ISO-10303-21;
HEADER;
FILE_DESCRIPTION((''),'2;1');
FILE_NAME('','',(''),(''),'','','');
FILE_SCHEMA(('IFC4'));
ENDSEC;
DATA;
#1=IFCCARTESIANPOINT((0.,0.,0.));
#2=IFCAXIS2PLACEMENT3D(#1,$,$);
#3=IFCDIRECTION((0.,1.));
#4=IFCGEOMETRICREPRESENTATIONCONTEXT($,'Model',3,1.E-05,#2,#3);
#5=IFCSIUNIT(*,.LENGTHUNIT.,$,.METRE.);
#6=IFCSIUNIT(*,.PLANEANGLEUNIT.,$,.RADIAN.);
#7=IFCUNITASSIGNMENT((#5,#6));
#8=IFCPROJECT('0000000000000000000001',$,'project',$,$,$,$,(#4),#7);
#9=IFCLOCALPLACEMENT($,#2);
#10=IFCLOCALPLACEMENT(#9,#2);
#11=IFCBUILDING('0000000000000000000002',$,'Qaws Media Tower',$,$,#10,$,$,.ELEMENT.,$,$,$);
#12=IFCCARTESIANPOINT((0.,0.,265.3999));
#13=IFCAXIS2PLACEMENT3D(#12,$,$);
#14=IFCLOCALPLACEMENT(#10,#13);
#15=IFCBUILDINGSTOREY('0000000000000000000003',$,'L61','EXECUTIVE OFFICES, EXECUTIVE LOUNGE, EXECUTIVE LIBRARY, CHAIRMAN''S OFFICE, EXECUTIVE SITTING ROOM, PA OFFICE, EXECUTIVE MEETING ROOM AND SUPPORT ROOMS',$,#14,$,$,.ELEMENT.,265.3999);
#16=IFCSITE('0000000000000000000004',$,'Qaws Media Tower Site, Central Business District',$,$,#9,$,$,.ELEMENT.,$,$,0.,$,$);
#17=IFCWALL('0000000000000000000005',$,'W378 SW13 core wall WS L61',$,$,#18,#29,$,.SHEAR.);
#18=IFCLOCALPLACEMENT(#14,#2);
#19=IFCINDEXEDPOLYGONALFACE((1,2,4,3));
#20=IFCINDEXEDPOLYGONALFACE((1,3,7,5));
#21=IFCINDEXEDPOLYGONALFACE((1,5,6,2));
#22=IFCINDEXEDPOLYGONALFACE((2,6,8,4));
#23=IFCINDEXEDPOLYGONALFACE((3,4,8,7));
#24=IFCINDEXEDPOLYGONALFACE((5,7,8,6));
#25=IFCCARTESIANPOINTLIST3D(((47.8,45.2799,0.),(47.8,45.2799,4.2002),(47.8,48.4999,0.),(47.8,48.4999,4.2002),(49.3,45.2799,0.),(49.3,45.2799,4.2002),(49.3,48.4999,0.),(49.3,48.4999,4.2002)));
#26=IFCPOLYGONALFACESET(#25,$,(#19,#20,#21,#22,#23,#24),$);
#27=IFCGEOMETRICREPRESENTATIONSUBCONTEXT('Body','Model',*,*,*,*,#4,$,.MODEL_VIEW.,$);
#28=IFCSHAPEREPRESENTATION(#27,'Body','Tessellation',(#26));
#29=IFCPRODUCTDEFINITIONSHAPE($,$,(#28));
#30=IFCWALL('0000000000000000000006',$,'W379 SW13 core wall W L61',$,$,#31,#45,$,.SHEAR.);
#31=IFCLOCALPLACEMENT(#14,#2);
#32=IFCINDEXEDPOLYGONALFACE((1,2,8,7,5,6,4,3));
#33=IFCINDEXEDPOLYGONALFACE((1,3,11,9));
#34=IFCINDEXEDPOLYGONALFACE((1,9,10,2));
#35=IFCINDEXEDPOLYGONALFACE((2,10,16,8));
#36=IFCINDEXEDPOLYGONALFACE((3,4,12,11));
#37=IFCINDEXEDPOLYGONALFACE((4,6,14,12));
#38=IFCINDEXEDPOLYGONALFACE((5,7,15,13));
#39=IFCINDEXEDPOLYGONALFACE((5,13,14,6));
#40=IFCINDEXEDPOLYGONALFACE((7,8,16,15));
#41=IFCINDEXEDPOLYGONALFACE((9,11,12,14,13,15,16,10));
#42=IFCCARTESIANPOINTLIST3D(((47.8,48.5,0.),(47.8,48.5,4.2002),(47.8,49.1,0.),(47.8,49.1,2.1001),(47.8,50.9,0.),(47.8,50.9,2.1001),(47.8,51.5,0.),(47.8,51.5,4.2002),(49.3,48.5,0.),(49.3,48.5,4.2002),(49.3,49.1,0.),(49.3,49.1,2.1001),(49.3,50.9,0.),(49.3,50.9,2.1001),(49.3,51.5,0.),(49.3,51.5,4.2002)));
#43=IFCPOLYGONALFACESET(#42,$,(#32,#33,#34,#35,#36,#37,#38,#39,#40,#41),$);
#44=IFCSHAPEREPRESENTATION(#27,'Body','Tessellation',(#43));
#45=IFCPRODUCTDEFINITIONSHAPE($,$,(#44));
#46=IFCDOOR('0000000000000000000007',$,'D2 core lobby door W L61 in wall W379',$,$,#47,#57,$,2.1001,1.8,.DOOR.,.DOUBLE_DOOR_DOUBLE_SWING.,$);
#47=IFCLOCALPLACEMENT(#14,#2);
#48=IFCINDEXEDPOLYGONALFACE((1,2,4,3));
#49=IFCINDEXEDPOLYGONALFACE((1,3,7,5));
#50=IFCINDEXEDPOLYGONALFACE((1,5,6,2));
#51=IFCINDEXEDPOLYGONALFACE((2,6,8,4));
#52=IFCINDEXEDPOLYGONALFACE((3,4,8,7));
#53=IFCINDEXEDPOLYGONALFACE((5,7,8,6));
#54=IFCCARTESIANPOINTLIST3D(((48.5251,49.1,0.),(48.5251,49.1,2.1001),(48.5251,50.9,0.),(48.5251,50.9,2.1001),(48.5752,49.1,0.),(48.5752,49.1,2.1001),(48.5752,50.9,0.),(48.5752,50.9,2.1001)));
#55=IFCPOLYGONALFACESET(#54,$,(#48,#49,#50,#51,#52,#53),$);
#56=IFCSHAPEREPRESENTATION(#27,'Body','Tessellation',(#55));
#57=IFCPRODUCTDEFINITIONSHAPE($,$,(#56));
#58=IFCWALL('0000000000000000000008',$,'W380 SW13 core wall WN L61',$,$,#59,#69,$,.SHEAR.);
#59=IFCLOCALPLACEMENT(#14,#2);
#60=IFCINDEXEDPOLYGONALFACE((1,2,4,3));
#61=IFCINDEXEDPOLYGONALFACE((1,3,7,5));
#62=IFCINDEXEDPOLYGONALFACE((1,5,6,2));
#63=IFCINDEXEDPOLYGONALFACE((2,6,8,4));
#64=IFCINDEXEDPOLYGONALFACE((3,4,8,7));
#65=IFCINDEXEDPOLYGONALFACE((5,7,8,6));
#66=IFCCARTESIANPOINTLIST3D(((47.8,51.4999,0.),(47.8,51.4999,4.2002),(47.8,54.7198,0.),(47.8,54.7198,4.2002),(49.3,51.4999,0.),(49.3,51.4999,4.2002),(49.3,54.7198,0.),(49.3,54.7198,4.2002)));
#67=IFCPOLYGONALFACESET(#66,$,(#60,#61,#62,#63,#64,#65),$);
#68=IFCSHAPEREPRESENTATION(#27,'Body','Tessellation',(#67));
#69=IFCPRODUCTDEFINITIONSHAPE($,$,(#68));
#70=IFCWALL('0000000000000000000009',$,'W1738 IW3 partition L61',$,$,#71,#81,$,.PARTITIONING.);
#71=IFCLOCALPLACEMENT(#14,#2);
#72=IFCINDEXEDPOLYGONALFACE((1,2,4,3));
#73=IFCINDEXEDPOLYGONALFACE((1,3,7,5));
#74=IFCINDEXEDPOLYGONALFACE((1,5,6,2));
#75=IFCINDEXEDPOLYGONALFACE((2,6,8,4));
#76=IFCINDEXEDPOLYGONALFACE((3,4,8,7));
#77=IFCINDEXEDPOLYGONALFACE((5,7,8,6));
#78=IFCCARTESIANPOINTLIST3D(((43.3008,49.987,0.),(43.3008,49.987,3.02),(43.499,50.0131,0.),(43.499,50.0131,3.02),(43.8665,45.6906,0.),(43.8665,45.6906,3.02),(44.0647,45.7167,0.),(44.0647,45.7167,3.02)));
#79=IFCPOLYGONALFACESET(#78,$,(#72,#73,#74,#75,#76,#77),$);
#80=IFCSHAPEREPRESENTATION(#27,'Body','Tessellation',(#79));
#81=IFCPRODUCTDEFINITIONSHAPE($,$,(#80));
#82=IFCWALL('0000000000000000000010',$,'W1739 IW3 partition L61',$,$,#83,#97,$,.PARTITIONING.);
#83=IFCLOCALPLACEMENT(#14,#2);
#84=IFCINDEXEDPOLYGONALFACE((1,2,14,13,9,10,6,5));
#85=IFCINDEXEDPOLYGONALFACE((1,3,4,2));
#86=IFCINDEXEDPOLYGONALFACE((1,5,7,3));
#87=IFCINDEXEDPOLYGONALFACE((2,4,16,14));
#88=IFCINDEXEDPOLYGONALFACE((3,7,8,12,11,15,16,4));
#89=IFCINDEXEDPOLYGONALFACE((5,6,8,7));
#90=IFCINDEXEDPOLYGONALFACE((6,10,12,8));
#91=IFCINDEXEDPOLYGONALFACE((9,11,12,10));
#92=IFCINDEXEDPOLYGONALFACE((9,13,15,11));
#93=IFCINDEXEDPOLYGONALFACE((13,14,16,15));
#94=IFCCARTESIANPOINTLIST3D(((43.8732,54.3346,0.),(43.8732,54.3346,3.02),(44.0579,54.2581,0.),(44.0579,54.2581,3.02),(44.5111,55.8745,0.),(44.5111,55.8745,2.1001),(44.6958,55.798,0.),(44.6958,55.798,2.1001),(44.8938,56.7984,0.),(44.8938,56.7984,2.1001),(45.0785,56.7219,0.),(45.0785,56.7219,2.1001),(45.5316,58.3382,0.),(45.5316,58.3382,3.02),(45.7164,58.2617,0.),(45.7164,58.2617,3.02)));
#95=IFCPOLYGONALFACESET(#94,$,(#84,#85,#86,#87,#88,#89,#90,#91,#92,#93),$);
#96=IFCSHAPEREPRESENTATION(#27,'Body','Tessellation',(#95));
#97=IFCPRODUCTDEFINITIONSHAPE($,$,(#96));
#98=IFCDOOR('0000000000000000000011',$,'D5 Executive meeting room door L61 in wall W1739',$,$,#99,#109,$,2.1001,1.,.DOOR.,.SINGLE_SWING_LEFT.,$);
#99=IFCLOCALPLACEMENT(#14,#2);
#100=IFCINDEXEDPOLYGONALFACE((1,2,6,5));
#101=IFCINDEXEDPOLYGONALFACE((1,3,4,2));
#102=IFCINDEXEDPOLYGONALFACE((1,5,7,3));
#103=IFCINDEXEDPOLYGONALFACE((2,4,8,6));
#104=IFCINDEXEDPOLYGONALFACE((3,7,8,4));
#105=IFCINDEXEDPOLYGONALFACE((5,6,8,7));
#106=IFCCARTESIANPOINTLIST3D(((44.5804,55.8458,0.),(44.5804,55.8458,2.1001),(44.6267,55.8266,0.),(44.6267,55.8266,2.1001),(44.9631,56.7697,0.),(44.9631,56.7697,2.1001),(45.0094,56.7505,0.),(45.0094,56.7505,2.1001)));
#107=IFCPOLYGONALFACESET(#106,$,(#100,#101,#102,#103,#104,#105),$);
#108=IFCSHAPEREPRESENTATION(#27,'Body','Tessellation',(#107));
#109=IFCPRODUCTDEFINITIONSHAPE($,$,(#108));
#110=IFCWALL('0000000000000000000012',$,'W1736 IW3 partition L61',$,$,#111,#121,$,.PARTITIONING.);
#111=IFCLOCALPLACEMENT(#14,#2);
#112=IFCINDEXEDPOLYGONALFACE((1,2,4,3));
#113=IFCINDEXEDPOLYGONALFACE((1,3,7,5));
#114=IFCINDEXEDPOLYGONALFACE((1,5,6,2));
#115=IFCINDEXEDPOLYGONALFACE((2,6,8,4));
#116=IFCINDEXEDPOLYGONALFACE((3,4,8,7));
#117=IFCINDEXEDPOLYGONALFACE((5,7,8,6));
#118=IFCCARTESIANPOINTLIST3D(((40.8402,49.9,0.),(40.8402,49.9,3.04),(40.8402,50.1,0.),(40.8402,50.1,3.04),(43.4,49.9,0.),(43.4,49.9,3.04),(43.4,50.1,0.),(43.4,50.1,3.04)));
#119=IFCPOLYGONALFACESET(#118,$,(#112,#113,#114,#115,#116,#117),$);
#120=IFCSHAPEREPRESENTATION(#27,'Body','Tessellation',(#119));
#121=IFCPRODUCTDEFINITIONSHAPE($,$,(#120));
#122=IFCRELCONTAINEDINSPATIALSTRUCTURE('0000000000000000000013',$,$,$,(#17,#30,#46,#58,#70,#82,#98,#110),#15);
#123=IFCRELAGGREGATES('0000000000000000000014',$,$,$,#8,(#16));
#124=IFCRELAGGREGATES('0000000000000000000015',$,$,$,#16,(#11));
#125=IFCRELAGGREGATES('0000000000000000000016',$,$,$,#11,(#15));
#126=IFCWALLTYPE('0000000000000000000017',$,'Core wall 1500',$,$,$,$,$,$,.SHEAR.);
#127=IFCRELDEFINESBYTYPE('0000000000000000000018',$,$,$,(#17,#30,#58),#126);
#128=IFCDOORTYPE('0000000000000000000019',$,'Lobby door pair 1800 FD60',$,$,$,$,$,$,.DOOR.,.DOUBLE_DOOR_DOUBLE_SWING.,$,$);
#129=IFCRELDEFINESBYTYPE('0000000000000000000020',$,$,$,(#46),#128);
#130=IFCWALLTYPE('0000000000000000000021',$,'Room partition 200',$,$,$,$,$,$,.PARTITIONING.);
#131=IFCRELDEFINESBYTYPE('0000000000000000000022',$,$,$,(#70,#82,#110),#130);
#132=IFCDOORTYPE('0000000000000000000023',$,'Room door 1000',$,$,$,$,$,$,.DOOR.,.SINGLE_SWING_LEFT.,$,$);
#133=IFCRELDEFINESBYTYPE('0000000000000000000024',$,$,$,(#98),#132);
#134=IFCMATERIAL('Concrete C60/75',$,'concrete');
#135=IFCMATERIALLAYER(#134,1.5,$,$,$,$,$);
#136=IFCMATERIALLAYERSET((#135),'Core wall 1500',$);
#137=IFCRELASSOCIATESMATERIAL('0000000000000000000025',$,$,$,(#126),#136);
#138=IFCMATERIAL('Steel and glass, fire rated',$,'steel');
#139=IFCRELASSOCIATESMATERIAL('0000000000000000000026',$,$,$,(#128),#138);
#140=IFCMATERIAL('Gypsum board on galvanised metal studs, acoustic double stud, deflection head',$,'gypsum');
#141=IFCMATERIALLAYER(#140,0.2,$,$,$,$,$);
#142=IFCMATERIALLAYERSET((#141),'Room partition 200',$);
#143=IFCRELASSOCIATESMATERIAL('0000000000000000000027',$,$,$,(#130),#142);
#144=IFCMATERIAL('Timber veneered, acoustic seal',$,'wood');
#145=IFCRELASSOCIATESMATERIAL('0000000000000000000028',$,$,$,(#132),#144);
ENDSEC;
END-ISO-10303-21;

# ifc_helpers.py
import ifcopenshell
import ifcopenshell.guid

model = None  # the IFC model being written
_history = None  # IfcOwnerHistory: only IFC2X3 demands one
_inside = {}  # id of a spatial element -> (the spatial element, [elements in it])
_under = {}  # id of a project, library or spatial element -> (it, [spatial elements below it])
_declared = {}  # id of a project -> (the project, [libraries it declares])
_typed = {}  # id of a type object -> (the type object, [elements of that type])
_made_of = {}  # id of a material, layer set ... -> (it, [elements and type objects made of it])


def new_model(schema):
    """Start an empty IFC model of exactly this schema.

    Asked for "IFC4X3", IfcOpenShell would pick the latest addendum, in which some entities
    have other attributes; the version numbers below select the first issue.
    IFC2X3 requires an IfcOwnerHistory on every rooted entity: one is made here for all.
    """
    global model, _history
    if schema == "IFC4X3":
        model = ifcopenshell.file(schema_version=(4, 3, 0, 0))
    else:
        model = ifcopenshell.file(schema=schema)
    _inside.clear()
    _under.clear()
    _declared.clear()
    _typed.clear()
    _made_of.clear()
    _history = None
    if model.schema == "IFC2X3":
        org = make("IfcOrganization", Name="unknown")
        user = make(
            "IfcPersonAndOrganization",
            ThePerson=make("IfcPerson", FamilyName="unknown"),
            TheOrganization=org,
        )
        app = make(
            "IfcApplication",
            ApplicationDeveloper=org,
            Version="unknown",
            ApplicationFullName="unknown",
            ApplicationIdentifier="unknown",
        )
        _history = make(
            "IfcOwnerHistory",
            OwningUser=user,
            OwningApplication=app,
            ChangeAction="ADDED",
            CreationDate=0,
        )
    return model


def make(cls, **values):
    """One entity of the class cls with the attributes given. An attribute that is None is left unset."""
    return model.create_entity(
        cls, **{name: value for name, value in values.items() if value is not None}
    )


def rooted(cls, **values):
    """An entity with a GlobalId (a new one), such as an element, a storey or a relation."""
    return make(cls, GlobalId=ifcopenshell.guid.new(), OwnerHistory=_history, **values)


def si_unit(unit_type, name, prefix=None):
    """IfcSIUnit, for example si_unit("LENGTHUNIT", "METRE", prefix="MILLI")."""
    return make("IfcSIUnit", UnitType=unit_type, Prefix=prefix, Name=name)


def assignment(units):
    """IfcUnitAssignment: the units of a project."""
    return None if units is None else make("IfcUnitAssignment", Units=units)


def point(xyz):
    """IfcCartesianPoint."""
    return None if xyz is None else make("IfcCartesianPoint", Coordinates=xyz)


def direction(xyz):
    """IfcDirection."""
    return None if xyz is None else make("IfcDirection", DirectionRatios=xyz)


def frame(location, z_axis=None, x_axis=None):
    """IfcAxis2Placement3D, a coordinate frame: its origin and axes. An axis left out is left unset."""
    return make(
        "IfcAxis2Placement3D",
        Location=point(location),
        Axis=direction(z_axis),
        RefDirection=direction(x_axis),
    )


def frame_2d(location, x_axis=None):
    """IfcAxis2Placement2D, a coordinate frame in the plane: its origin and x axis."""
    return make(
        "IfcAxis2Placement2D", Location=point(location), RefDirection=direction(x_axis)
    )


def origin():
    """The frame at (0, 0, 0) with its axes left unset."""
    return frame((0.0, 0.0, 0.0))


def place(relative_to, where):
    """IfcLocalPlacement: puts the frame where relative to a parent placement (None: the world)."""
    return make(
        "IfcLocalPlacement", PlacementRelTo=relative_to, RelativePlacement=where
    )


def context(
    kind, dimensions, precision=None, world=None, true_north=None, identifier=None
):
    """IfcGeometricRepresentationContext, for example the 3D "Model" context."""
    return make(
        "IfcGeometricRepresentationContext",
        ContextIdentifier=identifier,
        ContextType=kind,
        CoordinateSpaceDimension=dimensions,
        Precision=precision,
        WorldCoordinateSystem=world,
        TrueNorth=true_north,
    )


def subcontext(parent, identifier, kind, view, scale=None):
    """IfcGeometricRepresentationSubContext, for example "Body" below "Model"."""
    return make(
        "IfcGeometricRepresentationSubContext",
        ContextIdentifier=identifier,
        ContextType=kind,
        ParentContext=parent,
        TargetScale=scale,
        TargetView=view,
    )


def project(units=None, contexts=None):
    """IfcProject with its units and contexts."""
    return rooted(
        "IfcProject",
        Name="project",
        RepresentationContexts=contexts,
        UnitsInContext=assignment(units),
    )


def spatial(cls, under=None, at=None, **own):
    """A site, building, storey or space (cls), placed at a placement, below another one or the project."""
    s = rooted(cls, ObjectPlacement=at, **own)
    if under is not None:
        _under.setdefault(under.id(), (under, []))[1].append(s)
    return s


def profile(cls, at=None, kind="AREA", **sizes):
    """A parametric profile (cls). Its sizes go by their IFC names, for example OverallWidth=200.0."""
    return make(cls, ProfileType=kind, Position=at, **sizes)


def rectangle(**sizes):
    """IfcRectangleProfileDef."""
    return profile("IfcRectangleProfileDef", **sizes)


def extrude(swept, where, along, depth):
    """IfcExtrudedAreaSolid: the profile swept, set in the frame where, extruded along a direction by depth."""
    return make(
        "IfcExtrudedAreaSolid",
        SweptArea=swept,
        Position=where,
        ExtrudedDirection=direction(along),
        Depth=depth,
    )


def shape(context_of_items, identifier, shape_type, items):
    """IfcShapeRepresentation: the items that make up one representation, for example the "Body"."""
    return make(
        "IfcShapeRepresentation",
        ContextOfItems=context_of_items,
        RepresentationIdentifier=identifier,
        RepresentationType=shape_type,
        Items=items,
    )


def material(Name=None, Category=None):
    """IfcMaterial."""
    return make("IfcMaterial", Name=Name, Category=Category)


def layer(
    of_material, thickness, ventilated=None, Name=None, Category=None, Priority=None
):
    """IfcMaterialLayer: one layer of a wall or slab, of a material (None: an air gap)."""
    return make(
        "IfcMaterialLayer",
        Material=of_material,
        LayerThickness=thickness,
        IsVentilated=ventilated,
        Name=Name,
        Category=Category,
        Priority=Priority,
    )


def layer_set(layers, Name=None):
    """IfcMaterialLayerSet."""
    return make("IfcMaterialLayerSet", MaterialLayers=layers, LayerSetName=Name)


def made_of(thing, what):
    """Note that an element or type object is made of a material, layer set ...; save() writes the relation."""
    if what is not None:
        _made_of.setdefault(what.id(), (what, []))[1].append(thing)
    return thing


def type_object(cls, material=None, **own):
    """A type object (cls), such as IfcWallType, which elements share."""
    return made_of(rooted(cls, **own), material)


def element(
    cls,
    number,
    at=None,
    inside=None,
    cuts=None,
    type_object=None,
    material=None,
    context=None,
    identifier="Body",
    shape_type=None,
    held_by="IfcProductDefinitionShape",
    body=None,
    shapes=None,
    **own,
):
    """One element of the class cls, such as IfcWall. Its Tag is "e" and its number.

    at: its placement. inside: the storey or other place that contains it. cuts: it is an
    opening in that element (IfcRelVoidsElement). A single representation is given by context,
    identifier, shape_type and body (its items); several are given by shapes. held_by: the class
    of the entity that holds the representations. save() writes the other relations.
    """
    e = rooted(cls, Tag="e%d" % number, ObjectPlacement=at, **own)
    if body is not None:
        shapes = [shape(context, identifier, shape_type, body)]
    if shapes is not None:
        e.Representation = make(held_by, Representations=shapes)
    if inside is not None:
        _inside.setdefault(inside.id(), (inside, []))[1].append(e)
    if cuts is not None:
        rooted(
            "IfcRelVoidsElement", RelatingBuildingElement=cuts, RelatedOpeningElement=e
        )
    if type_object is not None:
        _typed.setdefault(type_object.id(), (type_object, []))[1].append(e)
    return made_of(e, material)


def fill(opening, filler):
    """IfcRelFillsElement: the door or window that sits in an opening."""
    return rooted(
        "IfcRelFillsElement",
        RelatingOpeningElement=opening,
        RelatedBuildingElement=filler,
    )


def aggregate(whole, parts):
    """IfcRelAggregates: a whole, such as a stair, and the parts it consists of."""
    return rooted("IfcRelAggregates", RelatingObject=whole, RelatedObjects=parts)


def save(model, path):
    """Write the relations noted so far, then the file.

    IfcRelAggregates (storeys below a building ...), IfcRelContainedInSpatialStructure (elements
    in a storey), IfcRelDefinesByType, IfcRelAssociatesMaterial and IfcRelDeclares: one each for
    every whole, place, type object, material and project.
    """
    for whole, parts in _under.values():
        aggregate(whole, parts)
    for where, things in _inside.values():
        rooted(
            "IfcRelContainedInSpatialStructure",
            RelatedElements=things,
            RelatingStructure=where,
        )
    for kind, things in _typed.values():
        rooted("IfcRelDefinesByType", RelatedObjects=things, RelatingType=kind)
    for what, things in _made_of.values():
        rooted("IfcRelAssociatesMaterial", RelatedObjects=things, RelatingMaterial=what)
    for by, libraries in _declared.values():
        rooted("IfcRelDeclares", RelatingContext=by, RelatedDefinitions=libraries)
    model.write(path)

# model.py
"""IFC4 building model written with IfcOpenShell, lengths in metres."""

from ifc_helpers import new_model, si_unit, direction, frame, frame_2d, origin, place, context, subcontext, project, spatial, rectangle, extrude, material, layer, layer_set, type_object, element, fill, save


model = new_model("IFC4")

# Units and contexts
model_context = context("Model", 3, precision=1e-05, world=origin(), true_north=direction((0.0, 1.0)))
body_context = subcontext(model_context, "Body", "Model", "MODEL_VIEW")
ifc_project = project(units=[si_unit("LENGTHUNIT", "METRE"), si_unit("PLANEANGLEUNIT", "RADIAN")], contexts=[model_context])

# Site, building, storey
site_placement = place(None, origin())
site = spatial("IfcSite", under=ifc_project, at=site_placement, Name="Qaws Media Tower Site, Central Business District", CompositionType="ELEMENT", RefElevation=0.0)
building_placement = place(site_placement, origin())
building = spatial("IfcBuilding", under=site, at=building_placement, Name="Qaws Media Tower", CompositionType="ELEMENT")
storey_placement = place(building_placement, frame((0.0, 0.0, 265.3999)))
storey = spatial("IfcBuildingStorey", under=building, at=storey_placement, Name="L61", Description="EXECUTIVE OFFICES, EXECUTIVE LOUNGE, EXECUTIVE LIBRARY, CHAIRMAN'S OFFICE, EXECUTIVE SITTING ROOM, PA OFFICE, EXECUTIVE MEETING ROOM AND SUPPORT ROOMS", CompositionType="ELEMENT", Elevation=265.3999)

# Wall
ifc_material_1 = material(Name="Concrete C60/75", Category="concrete")
ifc_layer_1 = layer(ifc_material_1, 1.5)
ifc_layer_set_1 = layer_set([ifc_layer_1], Name="Core wall 1500")
wall_type_1 = type_object("IfcWallType", Name="Core wall 1500", PredefinedType="SHEAR", material=ifc_layer_set_1)
wall_1_placement = place(storey_placement, frame((48.55, 45.28, 0.0), z_axis=(0.0, 0.0, 1.0), x_axis=(0.0, 1.0, 0.0)))
element("IfcWall", 1, at=wall_1_placement, inside=storey, type_object=wall_type_1, Name="W378 SW13 core wall WS L61", PredefinedType="SHEAR", context=body_context, shape_type="SweptSolid", body=[
    extrude(rectangle(XDim=3.22, YDim=1.5, at=frame_2d((1.6099, 0.0))), origin(), (0.0, 0.0, 1.0), 4.2002),
])

# Wall, opening, door
wall_2_placement = place(storey_placement, frame((48.55, 48.5, 0.0), z_axis=(0.0, 0.0, 1.0), x_axis=(0.0, 1.0, 0.0)))
wall_2 = element("IfcWall", 2, at=wall_2_placement, inside=storey, type_object=wall_type_1, Name="W379 SW13 core wall W L61", PredefinedType="SHEAR", context=body_context, shape_type="SweptSolid", body=[
    extrude(rectangle(XDim=3.0, YDim=1.5, at=frame_2d((1.5, 0.0))), origin(), (0.0, 0.0, 1.0), 4.2002),
])
opening_1_placement = place(wall_2_placement, frame((0.6001, 0.0, 0.0)))
opening_1 = element("IfcOpeningElement", 3, at=opening_1_placement, cuts=wall_2, PredefinedType="OPENING", context=body_context, shape_type="SweptSolid", body=[
    extrude(rectangle(XDim=1.8, YDim=2.1001, at=frame_2d((0.8999, 1.05))), frame((0.0, 0.76, 0.0), z_axis=(0.0, -1.0, 0.0), x_axis=(1.0, 0.0, 0.0)), (0.0, 0.0, 1.0), 1.52),
])
ifc_material_2 = material(Name="Steel and glass, fire rated", Category="steel")
door_type_1 = type_object("IfcDoorType", Name="Lobby door pair 1800 FD60", OperationType="DOUBLE_DOOR_DOUBLE_SWING", PredefinedType="DOOR", material=ifc_material_2)
door_1_placement = place(opening_1_placement, origin())
door_1 = element("IfcDoor", 4, at=door_1_placement, inside=storey, type_object=door_type_1, Name="D2 core lobby door W L61 in wall W379", OperationType="DOUBLE_DOOR_DOUBLE_SWING", OverallHeight=2.1001, OverallWidth=1.8, PredefinedType="DOOR", context=body_context, shape_type="SweptSolid", body=[
    extrude(rectangle(XDim=1.8, YDim=2.1001, at=frame_2d((0.8999, 1.05))), frame((0.0, 0.0249, 0.0), z_axis=(0.0, -1.0, 0.0), x_axis=(1.0, 0.0, 0.0)), (0.0, 0.0, 1.0), 0.05),
])
fill(opening_1, door_1)

# Walls
wall_3_placement = place(storey_placement, frame((48.55, 51.5, 0.0), z_axis=(0.0, 0.0, 1.0), x_axis=(0.0, 1.0, 0.0)))
element("IfcWall", 5, at=wall_3_placement, inside=storey, type_object=wall_type_1, Name="W380 SW13 core wall WN L61", PredefinedType="SHEAR", context=body_context, shape_type="SweptSolid", body=[
    extrude(rectangle(XDim=3.22, YDim=1.5, at=frame_2d((1.6099, 0.0))), origin(), (0.0, 0.0, 1.0), 4.2002),
])
ifc_material_3 = material(Name="Gypsum board on galvanised metal studs, acoustic double stud, deflection head", Category="gypsum")
ifc_layer_2 = layer(ifc_material_3, 0.2)
ifc_layer_set_2 = layer_set([ifc_layer_2], Name="Room partition 200")
wall_type_2 = type_object("IfcWallType", Name="Room partition 200", PredefinedType="PARTITIONING", material=ifc_layer_set_2)
wall_4_placement = place(storey_placement, frame((43.9656, 45.7036, 0.0), z_axis=(0.0, 0.0, 1.0), x_axis=(-0.130536, 0.991444, 0.0)))
element("IfcWall", 6, at=wall_4_placement, inside=storey, type_object=wall_type_2, Name="W1738 IW3 partition L61", PredefinedType="PARTITIONING", context=body_context, shape_type="SweptSolid", body=[
    extrude(rectangle(XDim=4.3335, YDim=0.2, at=frame_2d((2.1667, 0.0))), origin(), (0.0, 0.0, 1.0), 3.02),
])

# Wall, opening, door
wall_5_placement = place(storey_placement, frame((43.9656, 54.2964, 0.0), z_axis=(0.0, 0.0, 1.0), x_axis=(0.382698, 0.923873, 0.0)))
wall_5 = element("IfcWall", 7, at=wall_5_placement, inside=storey, type_object=wall_type_2, Name="W1739 IW3 partition L61", PredefinedType="PARTITIONING", context=body_context, shape_type="SweptSolid", body=[
    extrude(rectangle(XDim=4.3335, YDim=0.2, at=frame_2d((2.1667, 0.0))), origin(), (0.0, 0.0, 1.0), 3.02),
])
opening_2_placement = place(wall_5_placement, frame((1.6667, 0.0, 0.0)))
opening_2 = element("IfcOpeningElement", 8, at=opening_2_placement, cuts=wall_5, PredefinedType="OPENING", context=body_context, shape_type="SweptSolid", body=[
    extrude(rectangle(XDim=1.0, YDim=2.1001, at=frame_2d((0.5, 1.05))), frame((0.0, 0.1099, 0.0), z_axis=(0.0, -1.0, 0.0), x_axis=(1.0, 0.0, 0.0)), (0.0, 0.0, 1.0), 0.22),
])
ifc_material_4 = material(Name="Timber veneered, acoustic seal", Category="wood")
door_type_2 = type_object("IfcDoorType", Name="Room door 1000", OperationType="SINGLE_SWING_LEFT", PredefinedType="DOOR", material=ifc_material_4)
door_2_placement = place(opening_2_placement, origin())
door_2 = element("IfcDoor", 9, at=door_2_placement, inside=storey, type_object=door_type_2, Name="D5 Executive meeting room door L61 in wall W1739", OperationType="SINGLE_SWING_LEFT", OverallHeight=2.1001, OverallWidth=1.0, PredefinedType="DOOR", context=body_context, shape_type="SweptSolid", body=[
    extrude(rectangle(XDim=1.0, YDim=2.1001, at=frame_2d((0.5, 1.05))), frame((0.0, 0.0249, 0.0), z_axis=(0.0, -1.0, 0.0), x_axis=(1.0, 0.0, 0.0)), (0.0, 0.0, 1.0), 0.05),
])
fill(opening_2, door_2)

# Wall
wall_6_placement = place(storey_placement, frame((43.3999, 50.0, 0.0), z_axis=(0.0, 0.0, 1.0), x_axis=(-1.0, 0.0, 0.0)))
element("IfcWall", 10, at=wall_6_placement, inside=storey, type_object=wall_type_2, Name="W1736 IW3 partition L61", PredefinedType="PARTITIONING", context=body_context, shape_type="SweptSolid", body=[
    extrude(rectangle(XDim=2.5598, YDim=0.2, at=frame_2d((1.2798, 0.0))), origin(), (0.0, 0.0, 1.0), 3.04),
])

save(model, "model.ifc")
